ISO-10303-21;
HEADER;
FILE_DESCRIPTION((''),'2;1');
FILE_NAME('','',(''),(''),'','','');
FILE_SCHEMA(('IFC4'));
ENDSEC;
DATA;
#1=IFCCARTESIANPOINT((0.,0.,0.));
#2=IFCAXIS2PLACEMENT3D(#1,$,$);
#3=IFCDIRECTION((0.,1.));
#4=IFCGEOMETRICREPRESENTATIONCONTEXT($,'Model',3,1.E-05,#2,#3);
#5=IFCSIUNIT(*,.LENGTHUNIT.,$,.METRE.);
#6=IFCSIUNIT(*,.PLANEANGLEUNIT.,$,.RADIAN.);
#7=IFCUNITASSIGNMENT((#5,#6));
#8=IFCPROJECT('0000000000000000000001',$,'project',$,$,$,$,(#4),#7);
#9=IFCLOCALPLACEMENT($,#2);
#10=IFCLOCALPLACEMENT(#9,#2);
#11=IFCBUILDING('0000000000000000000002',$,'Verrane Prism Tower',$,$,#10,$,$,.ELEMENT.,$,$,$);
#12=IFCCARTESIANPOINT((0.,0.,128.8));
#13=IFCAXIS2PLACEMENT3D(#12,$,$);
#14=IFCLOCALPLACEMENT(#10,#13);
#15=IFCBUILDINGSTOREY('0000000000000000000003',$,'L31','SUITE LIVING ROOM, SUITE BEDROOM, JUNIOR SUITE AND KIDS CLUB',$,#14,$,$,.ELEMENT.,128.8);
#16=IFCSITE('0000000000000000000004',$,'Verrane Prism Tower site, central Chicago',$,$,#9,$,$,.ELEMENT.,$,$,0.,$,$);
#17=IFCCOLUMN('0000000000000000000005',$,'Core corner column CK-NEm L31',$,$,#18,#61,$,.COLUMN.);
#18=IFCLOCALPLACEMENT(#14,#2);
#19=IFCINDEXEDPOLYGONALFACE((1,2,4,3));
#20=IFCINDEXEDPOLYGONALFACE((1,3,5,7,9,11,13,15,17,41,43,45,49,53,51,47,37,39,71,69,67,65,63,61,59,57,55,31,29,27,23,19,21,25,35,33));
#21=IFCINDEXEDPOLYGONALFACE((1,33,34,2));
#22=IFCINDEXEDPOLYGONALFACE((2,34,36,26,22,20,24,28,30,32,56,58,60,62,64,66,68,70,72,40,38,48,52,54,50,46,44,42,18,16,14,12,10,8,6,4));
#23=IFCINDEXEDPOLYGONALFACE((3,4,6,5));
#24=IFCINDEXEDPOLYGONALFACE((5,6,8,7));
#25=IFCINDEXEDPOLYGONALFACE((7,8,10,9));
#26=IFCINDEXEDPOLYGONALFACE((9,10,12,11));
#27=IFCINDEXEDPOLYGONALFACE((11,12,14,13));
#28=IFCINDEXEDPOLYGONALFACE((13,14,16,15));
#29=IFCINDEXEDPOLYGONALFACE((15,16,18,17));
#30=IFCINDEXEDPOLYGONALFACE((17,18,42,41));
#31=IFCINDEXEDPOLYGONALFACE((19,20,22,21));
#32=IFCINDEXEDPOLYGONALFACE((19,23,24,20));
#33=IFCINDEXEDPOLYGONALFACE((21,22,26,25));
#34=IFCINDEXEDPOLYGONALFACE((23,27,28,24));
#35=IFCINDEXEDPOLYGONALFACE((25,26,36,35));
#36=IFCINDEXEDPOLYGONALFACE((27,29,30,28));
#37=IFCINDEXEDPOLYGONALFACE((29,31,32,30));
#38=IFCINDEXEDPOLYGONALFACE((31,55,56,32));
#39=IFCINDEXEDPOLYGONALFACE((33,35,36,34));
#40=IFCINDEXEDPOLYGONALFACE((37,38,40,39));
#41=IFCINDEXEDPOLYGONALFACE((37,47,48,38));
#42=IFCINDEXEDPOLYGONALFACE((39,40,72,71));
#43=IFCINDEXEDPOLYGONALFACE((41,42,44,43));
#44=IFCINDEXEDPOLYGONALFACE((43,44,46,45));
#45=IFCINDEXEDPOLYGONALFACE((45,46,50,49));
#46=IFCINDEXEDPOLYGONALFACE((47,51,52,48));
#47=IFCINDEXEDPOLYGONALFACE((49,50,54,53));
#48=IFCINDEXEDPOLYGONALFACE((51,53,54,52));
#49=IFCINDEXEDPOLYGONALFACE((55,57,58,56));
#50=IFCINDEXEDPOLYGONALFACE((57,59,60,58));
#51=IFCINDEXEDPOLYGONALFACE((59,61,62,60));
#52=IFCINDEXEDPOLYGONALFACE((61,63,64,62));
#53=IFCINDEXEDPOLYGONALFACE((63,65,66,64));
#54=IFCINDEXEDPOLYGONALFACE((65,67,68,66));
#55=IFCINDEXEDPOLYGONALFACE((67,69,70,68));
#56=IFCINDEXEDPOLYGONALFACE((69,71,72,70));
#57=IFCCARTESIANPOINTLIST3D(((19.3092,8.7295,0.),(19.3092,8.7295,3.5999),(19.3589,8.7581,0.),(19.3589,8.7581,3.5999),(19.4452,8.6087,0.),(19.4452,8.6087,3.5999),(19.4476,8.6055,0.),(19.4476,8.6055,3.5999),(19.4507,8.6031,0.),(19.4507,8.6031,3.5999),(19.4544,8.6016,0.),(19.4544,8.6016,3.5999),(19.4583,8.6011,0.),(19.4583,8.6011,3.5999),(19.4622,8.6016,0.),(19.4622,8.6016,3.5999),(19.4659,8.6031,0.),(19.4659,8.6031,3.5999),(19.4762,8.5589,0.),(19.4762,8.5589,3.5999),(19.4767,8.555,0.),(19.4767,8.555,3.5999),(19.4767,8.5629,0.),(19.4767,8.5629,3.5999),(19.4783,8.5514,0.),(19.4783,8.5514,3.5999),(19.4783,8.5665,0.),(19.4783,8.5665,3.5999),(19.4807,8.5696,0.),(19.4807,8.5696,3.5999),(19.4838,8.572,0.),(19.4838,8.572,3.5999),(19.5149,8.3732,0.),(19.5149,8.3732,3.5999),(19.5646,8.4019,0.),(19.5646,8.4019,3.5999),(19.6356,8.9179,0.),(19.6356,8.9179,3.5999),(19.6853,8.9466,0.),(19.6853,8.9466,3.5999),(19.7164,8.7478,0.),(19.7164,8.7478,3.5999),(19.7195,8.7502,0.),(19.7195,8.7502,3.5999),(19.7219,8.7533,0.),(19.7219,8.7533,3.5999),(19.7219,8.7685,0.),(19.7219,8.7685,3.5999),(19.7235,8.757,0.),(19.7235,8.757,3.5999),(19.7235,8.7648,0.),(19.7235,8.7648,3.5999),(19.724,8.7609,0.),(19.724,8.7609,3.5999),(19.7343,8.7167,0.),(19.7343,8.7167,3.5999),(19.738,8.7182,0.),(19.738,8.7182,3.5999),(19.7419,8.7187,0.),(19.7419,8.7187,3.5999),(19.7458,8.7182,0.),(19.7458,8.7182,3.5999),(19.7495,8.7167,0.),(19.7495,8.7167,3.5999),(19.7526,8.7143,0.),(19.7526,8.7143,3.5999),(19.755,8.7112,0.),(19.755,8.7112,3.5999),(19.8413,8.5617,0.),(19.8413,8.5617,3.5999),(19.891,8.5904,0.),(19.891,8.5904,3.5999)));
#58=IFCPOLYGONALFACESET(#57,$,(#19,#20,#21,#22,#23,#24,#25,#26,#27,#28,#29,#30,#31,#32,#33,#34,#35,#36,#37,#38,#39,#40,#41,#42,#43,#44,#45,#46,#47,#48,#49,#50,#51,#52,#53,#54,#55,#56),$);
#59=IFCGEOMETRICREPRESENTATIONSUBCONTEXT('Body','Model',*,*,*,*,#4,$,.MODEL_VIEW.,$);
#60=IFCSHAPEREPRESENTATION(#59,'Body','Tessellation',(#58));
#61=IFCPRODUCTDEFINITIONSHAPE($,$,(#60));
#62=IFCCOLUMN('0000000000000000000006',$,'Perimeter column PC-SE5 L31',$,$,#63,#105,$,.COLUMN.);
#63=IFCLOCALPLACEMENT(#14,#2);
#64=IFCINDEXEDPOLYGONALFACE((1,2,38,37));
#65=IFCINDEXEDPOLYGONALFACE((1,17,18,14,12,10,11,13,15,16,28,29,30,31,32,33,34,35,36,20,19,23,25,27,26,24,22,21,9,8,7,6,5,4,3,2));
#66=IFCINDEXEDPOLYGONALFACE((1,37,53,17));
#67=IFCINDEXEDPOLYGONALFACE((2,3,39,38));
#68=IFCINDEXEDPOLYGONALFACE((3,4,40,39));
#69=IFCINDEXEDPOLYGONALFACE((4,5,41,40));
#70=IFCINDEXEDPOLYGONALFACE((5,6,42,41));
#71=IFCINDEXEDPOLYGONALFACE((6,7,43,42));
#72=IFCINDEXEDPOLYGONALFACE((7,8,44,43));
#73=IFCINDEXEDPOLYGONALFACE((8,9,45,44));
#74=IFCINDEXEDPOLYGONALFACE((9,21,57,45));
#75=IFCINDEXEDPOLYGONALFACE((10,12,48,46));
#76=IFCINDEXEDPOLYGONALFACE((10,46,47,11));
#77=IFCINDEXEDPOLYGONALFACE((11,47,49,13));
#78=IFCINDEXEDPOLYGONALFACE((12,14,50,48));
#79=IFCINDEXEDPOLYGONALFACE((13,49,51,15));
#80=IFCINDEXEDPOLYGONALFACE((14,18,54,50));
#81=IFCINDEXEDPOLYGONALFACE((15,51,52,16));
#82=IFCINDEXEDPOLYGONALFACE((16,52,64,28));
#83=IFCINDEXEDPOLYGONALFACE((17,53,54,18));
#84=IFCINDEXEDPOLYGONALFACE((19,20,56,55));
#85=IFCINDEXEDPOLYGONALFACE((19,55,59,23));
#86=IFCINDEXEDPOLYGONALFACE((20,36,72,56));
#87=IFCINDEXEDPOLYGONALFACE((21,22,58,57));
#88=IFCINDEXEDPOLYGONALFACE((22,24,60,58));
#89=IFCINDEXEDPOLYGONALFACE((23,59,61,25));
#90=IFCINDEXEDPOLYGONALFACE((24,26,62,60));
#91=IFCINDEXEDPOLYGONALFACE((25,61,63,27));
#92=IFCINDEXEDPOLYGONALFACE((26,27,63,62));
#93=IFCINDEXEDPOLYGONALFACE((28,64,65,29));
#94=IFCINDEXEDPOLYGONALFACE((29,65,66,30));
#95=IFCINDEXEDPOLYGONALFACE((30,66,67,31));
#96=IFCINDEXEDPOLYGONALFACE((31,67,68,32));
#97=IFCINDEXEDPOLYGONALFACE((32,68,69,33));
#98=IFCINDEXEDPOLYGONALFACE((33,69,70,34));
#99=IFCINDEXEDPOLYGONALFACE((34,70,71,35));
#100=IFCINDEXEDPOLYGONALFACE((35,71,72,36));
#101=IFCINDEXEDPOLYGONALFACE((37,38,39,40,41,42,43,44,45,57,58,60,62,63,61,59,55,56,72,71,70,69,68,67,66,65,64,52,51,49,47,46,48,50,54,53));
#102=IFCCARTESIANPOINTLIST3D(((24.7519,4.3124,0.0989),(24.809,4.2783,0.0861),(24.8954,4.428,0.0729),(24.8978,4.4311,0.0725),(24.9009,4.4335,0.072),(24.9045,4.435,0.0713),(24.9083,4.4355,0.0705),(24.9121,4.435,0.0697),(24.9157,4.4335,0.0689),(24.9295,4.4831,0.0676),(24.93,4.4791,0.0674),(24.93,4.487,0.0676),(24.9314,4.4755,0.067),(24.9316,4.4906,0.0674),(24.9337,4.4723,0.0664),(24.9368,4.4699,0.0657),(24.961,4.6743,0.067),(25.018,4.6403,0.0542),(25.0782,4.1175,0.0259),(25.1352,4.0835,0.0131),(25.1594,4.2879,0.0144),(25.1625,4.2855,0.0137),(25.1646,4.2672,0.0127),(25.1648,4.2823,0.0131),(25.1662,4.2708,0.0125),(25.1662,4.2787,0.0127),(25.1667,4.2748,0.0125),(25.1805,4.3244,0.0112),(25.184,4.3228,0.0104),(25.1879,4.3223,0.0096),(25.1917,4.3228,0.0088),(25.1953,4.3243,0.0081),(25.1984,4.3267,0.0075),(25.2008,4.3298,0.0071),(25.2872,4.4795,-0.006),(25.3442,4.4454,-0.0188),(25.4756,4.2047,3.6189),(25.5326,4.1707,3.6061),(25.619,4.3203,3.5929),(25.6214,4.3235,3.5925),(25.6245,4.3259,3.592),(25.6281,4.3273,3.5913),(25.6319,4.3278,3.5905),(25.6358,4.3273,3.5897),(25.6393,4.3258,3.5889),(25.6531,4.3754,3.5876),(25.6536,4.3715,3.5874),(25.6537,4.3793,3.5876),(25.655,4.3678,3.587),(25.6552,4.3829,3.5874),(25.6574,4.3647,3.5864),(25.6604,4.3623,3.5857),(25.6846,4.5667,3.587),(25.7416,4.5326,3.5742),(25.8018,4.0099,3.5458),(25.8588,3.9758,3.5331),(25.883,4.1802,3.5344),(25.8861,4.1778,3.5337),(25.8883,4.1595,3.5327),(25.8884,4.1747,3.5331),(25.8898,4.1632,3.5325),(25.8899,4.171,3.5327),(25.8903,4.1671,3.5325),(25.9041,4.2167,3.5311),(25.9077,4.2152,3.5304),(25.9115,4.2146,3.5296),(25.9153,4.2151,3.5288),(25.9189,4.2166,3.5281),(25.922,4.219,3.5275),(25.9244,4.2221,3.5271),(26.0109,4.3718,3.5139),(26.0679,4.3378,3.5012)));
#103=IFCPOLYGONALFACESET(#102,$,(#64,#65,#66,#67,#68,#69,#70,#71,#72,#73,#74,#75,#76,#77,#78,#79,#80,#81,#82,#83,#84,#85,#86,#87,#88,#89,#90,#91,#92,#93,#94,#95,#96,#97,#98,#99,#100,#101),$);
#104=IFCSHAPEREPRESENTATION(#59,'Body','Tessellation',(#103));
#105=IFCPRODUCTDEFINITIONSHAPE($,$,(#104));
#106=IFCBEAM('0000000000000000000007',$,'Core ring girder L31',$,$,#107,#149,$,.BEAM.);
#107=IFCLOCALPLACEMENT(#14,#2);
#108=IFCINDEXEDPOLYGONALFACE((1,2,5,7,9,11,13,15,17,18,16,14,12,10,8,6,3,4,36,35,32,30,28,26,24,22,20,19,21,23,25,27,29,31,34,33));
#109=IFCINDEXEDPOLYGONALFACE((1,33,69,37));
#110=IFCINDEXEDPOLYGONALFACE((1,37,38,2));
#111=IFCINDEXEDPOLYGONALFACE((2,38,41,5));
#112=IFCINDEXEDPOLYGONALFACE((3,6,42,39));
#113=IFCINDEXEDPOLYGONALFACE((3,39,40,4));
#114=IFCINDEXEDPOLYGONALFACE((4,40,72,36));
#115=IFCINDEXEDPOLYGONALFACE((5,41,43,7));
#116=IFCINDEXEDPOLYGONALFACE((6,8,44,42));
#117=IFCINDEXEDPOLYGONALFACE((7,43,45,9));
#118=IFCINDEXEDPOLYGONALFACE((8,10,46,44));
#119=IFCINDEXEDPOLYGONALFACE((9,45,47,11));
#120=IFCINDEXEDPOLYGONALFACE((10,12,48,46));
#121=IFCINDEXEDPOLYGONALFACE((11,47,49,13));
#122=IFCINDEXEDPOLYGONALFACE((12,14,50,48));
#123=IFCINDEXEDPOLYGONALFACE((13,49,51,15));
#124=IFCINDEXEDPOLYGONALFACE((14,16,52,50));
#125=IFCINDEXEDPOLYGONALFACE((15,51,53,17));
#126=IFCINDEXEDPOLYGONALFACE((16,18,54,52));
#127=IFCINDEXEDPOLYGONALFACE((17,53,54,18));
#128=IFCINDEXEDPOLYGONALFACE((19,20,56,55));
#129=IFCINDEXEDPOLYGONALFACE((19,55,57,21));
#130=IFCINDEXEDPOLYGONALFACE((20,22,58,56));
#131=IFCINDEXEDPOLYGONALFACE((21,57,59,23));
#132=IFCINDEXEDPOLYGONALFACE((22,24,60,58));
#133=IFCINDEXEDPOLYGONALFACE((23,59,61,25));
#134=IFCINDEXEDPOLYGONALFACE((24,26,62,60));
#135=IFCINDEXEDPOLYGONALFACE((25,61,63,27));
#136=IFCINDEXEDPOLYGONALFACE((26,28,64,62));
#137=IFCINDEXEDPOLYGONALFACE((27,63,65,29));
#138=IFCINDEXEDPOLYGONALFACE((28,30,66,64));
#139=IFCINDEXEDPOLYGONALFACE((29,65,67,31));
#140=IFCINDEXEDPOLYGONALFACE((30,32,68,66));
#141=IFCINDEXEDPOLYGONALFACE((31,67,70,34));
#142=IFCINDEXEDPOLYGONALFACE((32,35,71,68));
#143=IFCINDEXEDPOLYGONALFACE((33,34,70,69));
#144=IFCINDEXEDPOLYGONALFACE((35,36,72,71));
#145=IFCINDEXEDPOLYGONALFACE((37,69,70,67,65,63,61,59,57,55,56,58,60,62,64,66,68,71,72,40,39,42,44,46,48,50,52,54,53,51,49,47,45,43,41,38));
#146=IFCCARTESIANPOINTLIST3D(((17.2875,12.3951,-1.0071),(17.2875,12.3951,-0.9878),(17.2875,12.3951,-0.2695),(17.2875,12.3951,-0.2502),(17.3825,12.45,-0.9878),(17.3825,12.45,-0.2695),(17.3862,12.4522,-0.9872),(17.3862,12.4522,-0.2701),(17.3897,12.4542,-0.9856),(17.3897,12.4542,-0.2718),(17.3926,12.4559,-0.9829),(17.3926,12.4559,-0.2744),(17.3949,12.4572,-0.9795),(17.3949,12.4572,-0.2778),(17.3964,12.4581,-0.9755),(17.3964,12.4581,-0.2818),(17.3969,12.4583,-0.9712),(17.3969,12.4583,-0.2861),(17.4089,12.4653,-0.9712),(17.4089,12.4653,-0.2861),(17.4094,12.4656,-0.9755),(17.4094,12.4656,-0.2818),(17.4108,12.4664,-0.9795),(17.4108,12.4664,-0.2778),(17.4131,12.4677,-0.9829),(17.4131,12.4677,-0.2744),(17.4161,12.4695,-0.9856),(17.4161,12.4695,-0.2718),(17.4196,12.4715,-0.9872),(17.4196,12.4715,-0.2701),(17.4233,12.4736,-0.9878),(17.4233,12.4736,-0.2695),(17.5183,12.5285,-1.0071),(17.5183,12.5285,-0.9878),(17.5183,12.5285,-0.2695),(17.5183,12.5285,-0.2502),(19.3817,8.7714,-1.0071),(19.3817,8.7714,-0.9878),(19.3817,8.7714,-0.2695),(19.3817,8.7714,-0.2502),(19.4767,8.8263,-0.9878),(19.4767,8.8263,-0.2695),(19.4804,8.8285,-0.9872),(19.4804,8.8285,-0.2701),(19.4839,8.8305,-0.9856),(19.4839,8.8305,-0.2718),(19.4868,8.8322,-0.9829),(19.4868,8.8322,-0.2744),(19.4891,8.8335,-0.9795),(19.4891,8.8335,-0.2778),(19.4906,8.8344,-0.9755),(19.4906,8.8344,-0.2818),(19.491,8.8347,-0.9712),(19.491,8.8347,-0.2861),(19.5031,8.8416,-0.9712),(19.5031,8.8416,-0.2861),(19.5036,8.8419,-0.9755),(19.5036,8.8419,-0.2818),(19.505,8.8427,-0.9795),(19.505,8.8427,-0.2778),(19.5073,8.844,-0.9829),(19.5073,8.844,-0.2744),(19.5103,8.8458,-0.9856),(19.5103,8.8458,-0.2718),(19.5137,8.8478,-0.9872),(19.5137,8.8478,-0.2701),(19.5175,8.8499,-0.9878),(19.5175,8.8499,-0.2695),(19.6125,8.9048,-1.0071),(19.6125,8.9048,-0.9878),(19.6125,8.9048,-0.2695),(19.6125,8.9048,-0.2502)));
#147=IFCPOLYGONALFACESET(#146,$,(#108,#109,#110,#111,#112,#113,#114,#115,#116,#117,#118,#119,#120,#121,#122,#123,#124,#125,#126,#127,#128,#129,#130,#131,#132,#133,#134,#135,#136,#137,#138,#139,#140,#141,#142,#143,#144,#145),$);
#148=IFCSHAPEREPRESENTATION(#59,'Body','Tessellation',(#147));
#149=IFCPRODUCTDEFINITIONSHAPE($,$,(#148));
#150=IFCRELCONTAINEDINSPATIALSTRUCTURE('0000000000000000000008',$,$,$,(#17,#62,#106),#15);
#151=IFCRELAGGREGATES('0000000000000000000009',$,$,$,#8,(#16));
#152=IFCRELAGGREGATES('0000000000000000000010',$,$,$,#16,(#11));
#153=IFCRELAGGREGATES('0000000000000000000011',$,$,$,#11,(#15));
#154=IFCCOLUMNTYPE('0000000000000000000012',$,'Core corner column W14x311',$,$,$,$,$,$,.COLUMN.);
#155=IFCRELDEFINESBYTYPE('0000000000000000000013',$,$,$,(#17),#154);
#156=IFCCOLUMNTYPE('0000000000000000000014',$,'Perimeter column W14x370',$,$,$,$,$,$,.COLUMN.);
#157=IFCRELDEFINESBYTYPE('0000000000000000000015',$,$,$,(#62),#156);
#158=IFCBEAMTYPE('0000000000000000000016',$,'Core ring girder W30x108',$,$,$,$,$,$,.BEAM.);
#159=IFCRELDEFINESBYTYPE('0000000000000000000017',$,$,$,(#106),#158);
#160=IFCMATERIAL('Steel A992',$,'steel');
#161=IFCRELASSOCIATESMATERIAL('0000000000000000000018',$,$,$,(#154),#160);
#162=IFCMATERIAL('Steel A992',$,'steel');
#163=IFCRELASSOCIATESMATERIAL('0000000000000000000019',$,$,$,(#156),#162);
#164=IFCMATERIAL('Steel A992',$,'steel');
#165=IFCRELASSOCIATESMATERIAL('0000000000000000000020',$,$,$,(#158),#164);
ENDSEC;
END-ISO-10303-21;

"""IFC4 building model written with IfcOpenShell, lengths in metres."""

from ifc_helpers import new_model, si_unit, direction, frame, origin, origin_2d, place, context, subcontext, project, spatial, i_section, extrude, material, material_profile, profile_set, type_object, element, save


model = new_model("IFC4")

# Units and contexts
model_context = context("Model", 3, precision=1e-05, world=origin(), true_north=direction((0.0, 1.0)))
body_context = subcontext(model_context, "Body", "Model", "MODEL_VIEW")
ifc_project = project(units=[si_unit("LENGTHUNIT", "METRE"), si_unit("PLANEANGLEUNIT", "RADIAN")], contexts=[model_context])

# Site, building, storey
site_placement = place(None, origin())
site = spatial("IfcSite", under=ifc_project, at=site_placement, Name="Verrane Prism Tower site, central Chicago", CompositionType="ELEMENT", RefElevation=0.0)
building_placement = place(site_placement, origin())
building = spatial("IfcBuilding", under=site, at=building_placement, Name="Verrane Prism Tower", CompositionType="ELEMENT")
storey_placement = place(building_placement, frame((0.0, 0.0, 128.8)))
storey = spatial("IfcBuildingStorey", under=building, at=storey_placement, Name="L31", Description="SUITE LIVING ROOM, SUITE BEDROOM, JUNIOR SUITE AND KIDS CLUB", CompositionType="ELEMENT", Elevation=128.8)

# Columns
ifc_material_1 = material(Name="Steel A992", Category="steel")
ifc_material_profile_1 = material_profile(ifc_material_1, i_section(OverallWidth=0.4114, OverallDepth=0.4343, WebThickness=0.0359, FlangeThickness=0.0574, FilletRadius=0.0151, at=origin_2d()), Name="W14x311")
ifc_profile_set_1 = profile_set([ifc_material_profile_1], Name="Steel A992")
column_type_1 = type_object("IfcColumnType", Name="Core corner column W14x311", PredefinedType="COLUMN", material=ifc_profile_set_1)
column_1_placement = place(storey_placement, frame((19.6001, 8.6599, 0.0), z_axis=(0.0, 0.0, 1.0), x_axis=(0.5, -0.866025, 0.0)))
element("IfcColumn", 1, at=column_1_placement, inside=storey, type_object=column_type_1, Name="Core corner column CK-NEm L31", PredefinedType="COLUMN", context=body_context, shape_type="SweptSolid", body=[
    extrude(i_section(OverallWidth=0.4114, OverallDepth=0.4343, WebThickness=0.0359, FlangeThickness=0.0574, FilletRadius=0.0151, at=origin_2d()), origin(), (0.0, 0.0, 1.0), 3.5999),
])
ifc_material_2 = material(Name="Steel A992", Category="steel")
ifc_material_profile_2 = material_profile(ifc_material_2, i_section(OverallWidth=0.4192, OverallDepth=0.4546, WebThickness=0.0422, FlangeThickness=0.0676, FilletRadius=0.0151, at=origin_2d()), Name="W14x370")
ifc_profile_set_2 = profile_set([ifc_material_profile_2], Name="Steel A992")
column_type_2 = type_object("IfcColumnType", Name="Perimeter column W14x370", PredefinedType="COLUMN", material=ifc_profile_set_2)
column_2_placement = place(storey_placement, frame((25.0481, 4.3789, 0.04), z_axis=(0.201275, -0.029947, 0.979077), x_axis=(-0.498664, -0.863448, 0.076103)))
element("IfcColumn", 2, at=column_2_placement, inside=storey, type_object=column_type_2, Name="Perimeter column PC-SE5 L31", PredefinedType="COLUMN", context=body_context, shape_type="SweptSolid", body=[
    extrude(i_section(OverallWidth=0.4192, OverallDepth=0.4546, WebThickness=0.0422, FlangeThickness=0.0676, FilletRadius=0.0151, at=origin_2d()), origin(), (0.0, 0.0, 1.0), 3.5952),
])

# Beam
ifc_material_3 = material(Name="Steel A992", Category="steel")
ifc_material_profile_3 = material_profile(ifc_material_3, i_section(OverallWidth=0.2666, OverallDepth=0.7568, WebThickness=0.0139, FlangeThickness=0.0193, FilletRadius=0.0166, at=origin_2d()), Name="W30x108")
ifc_profile_set_3 = profile_set([ifc_material_profile_3], Name="Steel A992")
beam_type_1 = type_object("IfcBeamType", Name="Core ring girder W30x108", PredefinedType="BEAM", material=ifc_profile_set_3)
beam_1_placement = place(storey_placement, frame((19.4971, 8.8381, -0.6287), z_axis=(-0.500367, 0.865813, 0.0), x_axis=(-0.865813, -0.500367, 0.0)))
element("IfcBeam", 3, at=beam_1_placement, inside=storey, type_object=beam_type_1, Name="Core ring girder L31", PredefinedType="BEAM", context=body_context, shape_type="SweptSolid", body=[
    extrude(i_section(OverallWidth=0.2666, OverallDepth=0.7568, WebThickness=0.0139, FlangeThickness=0.0193, FilletRadius=0.0166, at=origin_2d()), origin(), (0.0, 0.0, 1.0), 4.1853),
])

save(model, "model.ifc")
